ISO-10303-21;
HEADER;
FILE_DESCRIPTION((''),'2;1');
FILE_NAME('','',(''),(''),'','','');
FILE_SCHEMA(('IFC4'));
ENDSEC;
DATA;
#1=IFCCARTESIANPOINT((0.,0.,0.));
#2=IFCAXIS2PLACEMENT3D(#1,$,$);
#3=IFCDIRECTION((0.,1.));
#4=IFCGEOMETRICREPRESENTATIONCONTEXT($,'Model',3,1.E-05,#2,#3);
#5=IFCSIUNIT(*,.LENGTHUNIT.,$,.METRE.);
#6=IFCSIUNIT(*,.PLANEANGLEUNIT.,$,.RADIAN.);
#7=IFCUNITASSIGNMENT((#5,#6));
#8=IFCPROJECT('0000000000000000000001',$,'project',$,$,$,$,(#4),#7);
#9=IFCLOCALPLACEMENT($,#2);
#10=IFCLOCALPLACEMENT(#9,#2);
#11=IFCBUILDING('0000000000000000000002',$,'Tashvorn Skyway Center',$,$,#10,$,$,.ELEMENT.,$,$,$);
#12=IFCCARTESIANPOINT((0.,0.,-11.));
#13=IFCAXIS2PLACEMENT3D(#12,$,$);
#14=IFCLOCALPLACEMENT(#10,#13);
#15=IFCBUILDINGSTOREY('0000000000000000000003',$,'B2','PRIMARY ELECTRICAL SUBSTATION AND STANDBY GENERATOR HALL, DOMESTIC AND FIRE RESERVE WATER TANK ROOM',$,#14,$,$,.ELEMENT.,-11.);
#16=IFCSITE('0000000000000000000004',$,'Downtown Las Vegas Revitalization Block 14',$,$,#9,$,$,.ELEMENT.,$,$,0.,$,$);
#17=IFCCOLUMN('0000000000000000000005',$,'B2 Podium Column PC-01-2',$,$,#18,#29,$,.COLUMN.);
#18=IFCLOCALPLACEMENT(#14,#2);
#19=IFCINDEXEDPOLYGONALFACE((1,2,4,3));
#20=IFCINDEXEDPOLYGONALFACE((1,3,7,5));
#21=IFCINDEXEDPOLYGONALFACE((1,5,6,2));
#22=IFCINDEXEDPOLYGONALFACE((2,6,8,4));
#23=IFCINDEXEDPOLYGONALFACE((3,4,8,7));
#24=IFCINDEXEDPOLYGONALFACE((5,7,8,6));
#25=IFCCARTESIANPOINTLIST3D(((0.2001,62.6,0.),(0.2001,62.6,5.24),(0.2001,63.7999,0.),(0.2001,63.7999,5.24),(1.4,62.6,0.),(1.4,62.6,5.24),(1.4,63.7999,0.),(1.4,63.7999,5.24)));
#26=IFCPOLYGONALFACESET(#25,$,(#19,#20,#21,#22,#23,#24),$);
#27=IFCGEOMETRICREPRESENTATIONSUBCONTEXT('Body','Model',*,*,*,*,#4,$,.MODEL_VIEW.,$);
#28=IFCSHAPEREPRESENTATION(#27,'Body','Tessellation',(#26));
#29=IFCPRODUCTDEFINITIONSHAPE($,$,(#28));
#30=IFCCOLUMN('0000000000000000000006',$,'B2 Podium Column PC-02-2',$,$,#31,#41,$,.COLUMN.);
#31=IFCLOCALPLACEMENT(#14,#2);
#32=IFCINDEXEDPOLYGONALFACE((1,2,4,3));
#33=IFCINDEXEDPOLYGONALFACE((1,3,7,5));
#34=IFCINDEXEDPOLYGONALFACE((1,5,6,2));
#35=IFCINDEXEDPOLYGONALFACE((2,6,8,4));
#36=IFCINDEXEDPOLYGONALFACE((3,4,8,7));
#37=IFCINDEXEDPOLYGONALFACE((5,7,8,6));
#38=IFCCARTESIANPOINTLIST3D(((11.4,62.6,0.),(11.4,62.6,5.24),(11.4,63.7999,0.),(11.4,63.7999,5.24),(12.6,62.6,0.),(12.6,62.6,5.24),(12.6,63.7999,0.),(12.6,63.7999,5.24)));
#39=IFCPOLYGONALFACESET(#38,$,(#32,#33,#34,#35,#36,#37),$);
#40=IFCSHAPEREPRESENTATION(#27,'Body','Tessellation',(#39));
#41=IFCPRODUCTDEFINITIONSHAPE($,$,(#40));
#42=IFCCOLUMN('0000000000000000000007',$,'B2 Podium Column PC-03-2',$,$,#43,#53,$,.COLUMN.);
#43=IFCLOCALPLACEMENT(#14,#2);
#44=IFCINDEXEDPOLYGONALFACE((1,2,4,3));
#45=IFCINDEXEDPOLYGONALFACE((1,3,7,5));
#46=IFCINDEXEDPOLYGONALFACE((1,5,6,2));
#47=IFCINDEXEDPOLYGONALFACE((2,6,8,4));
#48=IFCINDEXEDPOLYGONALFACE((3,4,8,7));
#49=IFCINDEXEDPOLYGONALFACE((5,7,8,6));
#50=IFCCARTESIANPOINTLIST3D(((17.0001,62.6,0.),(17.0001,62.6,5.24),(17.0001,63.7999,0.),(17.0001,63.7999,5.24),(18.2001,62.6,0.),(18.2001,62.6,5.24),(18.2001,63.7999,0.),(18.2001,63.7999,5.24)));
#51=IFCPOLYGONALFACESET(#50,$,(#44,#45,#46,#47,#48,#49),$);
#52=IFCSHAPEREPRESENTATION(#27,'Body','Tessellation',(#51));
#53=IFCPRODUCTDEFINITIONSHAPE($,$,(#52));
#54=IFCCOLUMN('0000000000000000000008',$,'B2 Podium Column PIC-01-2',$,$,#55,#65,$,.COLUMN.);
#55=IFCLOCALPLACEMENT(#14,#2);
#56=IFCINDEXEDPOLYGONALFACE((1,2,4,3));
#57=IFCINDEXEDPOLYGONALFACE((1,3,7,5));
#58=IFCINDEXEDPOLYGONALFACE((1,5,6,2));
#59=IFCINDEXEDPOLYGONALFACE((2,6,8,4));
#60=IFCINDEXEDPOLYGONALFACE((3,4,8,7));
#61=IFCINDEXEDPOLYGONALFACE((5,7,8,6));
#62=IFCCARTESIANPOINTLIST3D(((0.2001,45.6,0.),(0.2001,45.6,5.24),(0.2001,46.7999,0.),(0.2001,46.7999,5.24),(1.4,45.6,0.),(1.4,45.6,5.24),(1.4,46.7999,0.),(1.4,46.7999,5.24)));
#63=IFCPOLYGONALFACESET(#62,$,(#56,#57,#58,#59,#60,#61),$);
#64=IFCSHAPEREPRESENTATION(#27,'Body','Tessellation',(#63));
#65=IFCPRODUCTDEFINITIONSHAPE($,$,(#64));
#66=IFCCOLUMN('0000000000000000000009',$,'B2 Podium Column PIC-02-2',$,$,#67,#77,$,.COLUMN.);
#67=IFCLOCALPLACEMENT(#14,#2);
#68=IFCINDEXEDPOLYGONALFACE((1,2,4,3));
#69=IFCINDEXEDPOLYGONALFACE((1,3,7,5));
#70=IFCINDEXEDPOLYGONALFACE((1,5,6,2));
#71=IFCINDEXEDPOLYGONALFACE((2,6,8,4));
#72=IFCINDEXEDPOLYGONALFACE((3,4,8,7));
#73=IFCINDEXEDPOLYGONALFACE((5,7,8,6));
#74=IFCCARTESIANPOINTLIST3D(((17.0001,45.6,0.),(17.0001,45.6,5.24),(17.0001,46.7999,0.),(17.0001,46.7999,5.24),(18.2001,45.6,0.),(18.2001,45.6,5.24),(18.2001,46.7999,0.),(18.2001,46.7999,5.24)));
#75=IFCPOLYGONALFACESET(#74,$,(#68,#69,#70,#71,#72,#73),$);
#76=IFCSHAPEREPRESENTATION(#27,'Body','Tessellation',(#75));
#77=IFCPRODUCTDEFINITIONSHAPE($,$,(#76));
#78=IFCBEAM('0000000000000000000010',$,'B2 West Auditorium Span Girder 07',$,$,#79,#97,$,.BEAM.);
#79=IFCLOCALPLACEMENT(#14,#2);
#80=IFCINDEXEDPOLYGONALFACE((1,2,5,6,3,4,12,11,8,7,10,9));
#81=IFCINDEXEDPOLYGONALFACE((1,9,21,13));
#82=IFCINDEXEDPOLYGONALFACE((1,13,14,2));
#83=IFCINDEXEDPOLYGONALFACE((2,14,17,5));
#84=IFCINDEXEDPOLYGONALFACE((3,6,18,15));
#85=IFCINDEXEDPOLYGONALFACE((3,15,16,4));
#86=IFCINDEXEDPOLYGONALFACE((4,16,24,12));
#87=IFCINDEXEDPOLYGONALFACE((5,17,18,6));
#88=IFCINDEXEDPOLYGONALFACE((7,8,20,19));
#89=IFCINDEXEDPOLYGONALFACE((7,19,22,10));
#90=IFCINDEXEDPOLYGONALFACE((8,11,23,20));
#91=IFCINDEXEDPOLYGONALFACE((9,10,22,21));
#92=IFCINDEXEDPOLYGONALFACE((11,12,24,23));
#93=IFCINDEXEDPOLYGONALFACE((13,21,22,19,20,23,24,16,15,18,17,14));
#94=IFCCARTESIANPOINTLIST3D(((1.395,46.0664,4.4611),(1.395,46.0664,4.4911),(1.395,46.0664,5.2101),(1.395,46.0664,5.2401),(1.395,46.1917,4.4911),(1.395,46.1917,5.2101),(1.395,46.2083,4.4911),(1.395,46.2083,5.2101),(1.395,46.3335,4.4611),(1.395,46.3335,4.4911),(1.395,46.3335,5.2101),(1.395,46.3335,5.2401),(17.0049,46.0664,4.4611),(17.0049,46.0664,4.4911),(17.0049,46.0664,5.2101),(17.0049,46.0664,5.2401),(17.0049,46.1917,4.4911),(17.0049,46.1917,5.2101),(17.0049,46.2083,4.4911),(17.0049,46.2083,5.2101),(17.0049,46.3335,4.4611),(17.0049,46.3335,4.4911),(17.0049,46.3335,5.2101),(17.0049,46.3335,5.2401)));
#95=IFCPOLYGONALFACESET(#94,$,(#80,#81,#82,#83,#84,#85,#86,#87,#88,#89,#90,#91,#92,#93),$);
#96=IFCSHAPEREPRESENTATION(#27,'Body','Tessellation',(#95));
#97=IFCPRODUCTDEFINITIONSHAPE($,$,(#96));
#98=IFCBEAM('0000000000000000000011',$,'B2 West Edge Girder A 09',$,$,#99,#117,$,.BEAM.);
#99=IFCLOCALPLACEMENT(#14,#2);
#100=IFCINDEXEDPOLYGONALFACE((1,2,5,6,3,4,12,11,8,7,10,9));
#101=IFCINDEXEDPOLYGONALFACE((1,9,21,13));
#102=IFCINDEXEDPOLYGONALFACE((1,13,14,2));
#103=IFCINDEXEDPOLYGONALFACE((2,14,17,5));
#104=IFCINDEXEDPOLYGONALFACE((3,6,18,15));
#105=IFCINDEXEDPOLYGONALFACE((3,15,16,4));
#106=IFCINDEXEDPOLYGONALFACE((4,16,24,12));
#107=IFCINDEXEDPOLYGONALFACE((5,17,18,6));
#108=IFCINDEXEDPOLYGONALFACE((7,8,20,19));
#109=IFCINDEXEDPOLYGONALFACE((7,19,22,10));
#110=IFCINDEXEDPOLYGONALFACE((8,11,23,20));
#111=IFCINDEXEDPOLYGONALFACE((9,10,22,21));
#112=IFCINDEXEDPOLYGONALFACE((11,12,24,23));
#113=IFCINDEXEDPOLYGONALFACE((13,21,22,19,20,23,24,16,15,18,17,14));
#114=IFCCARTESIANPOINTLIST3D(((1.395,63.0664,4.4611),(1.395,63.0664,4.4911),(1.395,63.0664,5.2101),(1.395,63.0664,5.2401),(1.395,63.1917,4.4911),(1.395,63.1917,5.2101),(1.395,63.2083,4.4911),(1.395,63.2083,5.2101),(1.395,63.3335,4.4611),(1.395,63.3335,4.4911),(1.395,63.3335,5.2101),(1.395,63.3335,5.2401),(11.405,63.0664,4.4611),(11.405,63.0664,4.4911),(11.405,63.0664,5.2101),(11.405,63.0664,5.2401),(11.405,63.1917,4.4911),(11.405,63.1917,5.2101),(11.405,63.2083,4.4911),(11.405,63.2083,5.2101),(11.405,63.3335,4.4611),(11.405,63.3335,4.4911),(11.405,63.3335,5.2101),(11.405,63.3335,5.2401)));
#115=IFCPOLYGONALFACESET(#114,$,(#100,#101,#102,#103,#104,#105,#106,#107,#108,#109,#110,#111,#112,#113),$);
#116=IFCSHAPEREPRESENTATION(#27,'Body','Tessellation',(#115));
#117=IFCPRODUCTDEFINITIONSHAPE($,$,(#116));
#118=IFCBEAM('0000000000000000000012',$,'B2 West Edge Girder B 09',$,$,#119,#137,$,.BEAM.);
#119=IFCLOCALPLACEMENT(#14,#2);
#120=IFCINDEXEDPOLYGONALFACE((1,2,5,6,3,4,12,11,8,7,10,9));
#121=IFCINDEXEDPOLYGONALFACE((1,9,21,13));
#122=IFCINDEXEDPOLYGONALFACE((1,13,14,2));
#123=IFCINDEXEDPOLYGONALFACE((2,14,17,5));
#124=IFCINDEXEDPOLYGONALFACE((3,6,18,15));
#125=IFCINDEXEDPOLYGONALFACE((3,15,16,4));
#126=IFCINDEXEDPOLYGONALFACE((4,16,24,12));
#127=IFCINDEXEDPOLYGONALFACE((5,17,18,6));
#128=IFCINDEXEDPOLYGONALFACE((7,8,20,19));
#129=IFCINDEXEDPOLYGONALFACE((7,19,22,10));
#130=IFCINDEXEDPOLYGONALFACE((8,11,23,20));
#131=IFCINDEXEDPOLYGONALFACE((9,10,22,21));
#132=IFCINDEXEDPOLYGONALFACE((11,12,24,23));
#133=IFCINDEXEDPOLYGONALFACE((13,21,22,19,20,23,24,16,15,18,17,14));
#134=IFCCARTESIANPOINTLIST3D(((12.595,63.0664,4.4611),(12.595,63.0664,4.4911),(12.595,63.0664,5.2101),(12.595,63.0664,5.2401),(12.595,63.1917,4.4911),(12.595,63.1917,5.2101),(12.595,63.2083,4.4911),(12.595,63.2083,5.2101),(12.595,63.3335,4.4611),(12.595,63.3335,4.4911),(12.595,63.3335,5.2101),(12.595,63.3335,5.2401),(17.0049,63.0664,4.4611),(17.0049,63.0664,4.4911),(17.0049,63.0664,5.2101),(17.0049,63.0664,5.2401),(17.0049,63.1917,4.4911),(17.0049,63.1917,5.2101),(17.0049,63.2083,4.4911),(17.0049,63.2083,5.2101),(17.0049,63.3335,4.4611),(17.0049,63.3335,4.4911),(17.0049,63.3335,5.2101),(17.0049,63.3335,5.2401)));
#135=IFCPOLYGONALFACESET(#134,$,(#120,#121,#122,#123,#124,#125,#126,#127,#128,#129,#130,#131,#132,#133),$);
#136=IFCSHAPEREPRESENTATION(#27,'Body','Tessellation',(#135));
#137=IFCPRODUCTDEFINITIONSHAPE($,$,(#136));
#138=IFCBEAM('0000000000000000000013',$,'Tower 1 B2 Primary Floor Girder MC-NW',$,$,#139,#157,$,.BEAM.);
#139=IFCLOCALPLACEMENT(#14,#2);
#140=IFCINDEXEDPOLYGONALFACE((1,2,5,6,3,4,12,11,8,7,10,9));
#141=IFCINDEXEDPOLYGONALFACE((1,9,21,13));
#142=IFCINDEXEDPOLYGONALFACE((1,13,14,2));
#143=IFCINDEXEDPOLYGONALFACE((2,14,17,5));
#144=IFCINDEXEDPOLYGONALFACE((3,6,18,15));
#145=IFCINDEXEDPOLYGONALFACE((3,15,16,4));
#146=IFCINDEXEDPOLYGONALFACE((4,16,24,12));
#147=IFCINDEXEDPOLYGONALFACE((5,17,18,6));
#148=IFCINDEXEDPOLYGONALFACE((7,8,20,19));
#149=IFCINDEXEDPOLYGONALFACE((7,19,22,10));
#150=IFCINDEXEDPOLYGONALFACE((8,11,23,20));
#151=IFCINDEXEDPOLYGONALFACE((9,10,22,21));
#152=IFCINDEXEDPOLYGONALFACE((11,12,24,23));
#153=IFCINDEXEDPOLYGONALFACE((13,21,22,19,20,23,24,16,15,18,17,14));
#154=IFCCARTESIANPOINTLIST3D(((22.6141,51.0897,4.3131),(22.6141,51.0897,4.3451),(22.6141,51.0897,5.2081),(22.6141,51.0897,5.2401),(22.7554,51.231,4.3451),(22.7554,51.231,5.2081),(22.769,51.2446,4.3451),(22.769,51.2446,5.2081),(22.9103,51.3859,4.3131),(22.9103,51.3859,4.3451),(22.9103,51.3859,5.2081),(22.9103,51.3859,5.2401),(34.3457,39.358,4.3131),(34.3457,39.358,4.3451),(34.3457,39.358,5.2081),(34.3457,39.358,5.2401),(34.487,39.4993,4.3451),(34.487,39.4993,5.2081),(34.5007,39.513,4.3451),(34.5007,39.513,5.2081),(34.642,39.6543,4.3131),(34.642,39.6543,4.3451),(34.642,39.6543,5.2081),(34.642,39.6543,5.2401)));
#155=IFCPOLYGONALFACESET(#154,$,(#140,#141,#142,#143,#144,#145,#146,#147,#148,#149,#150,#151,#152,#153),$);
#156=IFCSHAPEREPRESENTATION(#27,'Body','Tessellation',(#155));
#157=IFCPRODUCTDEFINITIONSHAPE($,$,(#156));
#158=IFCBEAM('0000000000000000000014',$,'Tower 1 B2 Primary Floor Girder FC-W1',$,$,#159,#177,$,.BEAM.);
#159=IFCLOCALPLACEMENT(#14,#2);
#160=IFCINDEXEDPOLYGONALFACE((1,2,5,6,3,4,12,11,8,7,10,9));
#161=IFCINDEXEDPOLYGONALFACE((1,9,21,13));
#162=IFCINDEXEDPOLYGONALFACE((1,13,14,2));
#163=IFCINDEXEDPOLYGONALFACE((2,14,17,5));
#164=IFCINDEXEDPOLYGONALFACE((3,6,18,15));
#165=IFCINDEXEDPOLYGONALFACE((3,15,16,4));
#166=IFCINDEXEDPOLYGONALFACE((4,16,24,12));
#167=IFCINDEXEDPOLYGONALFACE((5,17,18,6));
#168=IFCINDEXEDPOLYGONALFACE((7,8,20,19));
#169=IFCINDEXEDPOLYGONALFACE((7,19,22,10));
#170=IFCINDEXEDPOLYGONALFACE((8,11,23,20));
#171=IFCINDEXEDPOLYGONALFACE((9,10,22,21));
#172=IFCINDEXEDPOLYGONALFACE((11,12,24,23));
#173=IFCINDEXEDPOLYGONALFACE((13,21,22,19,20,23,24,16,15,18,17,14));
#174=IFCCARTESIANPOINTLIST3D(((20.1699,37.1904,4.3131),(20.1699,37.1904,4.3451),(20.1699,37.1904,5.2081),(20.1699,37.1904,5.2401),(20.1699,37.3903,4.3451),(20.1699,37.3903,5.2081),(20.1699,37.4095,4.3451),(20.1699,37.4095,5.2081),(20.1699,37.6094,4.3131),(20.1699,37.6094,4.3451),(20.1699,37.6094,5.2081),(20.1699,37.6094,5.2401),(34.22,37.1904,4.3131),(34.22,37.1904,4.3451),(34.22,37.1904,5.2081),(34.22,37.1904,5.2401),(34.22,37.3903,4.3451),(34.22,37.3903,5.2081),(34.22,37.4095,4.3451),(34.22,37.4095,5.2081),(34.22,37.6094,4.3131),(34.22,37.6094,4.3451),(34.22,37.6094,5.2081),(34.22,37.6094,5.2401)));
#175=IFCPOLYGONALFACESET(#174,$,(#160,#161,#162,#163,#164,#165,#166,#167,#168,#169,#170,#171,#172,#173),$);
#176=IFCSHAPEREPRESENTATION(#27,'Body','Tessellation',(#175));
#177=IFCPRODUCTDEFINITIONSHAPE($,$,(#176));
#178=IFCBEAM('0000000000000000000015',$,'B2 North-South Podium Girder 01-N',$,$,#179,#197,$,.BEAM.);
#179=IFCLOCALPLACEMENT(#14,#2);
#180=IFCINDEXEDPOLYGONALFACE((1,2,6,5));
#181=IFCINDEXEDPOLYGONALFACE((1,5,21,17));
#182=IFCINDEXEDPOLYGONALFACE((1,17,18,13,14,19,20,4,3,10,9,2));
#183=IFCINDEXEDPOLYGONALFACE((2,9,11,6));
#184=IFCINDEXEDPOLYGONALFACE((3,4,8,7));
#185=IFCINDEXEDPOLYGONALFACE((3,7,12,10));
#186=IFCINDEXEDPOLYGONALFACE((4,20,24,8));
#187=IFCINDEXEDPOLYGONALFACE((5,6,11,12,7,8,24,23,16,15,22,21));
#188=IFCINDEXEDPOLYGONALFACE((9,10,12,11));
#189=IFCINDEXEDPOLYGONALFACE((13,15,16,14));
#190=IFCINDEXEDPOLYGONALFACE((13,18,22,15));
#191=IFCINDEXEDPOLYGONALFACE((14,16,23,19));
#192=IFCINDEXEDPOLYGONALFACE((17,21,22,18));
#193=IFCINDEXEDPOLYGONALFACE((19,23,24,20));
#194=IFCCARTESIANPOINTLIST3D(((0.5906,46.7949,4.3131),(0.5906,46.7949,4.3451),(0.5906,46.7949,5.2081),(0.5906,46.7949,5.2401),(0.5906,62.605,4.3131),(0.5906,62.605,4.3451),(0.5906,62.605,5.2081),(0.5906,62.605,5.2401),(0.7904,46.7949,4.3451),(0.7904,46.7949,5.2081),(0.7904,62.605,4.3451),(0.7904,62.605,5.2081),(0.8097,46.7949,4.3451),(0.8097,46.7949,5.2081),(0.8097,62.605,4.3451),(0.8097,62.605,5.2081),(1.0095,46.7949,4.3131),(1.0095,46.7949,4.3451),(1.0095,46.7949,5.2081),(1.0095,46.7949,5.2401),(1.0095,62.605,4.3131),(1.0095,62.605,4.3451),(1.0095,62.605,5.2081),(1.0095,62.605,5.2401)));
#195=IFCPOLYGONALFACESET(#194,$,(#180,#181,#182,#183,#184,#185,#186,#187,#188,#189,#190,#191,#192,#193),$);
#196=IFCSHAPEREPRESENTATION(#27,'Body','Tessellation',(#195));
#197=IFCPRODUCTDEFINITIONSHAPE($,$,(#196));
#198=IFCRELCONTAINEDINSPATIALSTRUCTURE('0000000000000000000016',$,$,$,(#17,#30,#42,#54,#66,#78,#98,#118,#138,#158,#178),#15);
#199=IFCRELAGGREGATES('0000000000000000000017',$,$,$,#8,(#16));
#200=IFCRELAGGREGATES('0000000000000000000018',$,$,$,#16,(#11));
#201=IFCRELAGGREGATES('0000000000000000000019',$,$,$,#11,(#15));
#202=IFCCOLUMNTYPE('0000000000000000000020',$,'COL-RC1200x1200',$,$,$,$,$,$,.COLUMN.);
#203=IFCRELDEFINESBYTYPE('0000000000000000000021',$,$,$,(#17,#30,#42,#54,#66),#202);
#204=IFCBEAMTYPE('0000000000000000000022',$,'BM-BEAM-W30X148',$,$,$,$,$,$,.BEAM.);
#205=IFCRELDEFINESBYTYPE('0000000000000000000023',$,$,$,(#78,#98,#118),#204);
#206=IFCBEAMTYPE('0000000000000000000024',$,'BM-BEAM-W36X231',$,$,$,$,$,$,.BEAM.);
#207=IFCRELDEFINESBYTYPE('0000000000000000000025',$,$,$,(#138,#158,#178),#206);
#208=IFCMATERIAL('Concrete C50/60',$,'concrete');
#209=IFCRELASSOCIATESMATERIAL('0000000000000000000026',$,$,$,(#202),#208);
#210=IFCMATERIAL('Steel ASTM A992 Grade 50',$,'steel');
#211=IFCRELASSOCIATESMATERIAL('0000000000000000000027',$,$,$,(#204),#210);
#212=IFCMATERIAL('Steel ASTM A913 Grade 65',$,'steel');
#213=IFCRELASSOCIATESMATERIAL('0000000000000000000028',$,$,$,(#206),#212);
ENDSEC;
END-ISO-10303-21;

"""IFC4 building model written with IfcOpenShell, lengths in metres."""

from ifc_helpers import new_model, si_unit, direction, frame, origin, origin_2d, place, context, subcontext, project, spatial, rectangle, i_section, extrude, material, material_profile, profile_set, type_object, element, save


model = new_model("IFC4")

# Units and contexts
model_context = context("Model", 3, precision=1e-05, world=origin(), true_north=direction((0.0, 1.0)))
body_context = subcontext(model_context, "Body", "Model", "MODEL_VIEW")
ifc_project = project(units=[si_unit("LENGTHUNIT", "METRE"), si_unit("PLANEANGLEUNIT", "RADIAN")], contexts=[model_context])

# Site, building, storey
site_placement = place(None, origin())
site = spatial("IfcSite", under=ifc_project, at=site_placement, Name="Downtown Las Vegas Revitalization Block 14", CompositionType="ELEMENT", RefElevation=0.0)
building_placement = place(site_placement, origin())
building = spatial("IfcBuilding", under=site, at=building_placement, Name="Tashvorn Skyway Center", CompositionType="ELEMENT")
storey_placement = place(building_placement, frame((0.0, 0.0, -11.0)))
storey = spatial("IfcBuildingStorey", under=building, at=storey_placement, Name="B2", Description="PRIMARY ELECTRICAL SUBSTATION AND STANDBY GENERATOR HALL, DOMESTIC AND FIRE RESERVE WATER TANK ROOM", CompositionType="ELEMENT", Elevation=-11.0)

# Shared definitions
ifc_material_1 = material(Name="Concrete C50/60", Category="concrete")

# Columns
ifc_material_profile_1 = material_profile(ifc_material_1, rectangle(XDim=1.2, YDim=1.2, at=origin_2d()), Name="RC1200x1200")
ifc_profile_set_1 = profile_set([ifc_material_profile_1], Name="Concrete C50/60")
column_type_1 = type_object("IfcColumnType", Name="COL-RC1200x1200", PredefinedType="COLUMN", material=ifc_profile_set_1)
for number, where, z_axis, x_axis, name in (
    (1, (0.8, 63.2, 0.0), (0.0, 0.0, 1.0), (1.0, 0.0, 0.0), "B2 Podium Column PC-01-2"),
    (2, (12.0, 63.2, 0.0), (0.0, 0.0, 1.0), (1.0, 0.0, 0.0), "B2 Podium Column PC-02-2"),
    (3, (17.6001, 63.2, 0.0), (0.0, 0.0, 1.0), (1.0, 0.0, 0.0), "B2 Podium Column PC-03-2"),
    (4, (0.8, 46.2, 0.0), (0.0, 0.0, 1.0), (1.0, 0.0, 0.0), "B2 Podium Column PIC-01-2"),
    (5, (17.6001, 46.2, 0.0), (0.0, 0.0, 1.0), (1.0, 0.0, 0.0), "B2 Podium Column PIC-02-2"),
):
    element("IfcColumn", number, at=place(storey_placement, frame(where, z_axis=z_axis, x_axis=x_axis)), inside=storey, type_object=column_type_1, Name=name, PredefinedType="COLUMN", context=body_context, shape_type="SweptSolid", body=[
        extrude(rectangle(XDim=1.2, YDim=1.2, at=origin_2d()), origin(), (0.0, 0.0, 1.0), 5.24),
    ])

# Beams
ifc_material_2 = material(Name="Steel ASTM A992 Grade 50", Category="steel")
ifc_material_profile_2 = material_profile(ifc_material_2, i_section(OverallWidth=0.2671, OverallDepth=0.7791, WebThickness=0.0166, FlangeThickness=0.03, at=origin_2d()), Name="W30X148")
ifc_profile_set_2 = profile_set([ifc_material_profile_2], Name="Steel ASTM A992 Grade 50")
beam_type_1 = type_object("IfcBeamType", Name="BM-BEAM-W30X148", PredefinedType="BEAM", material=ifc_profile_set_2)
beam_1_placement = place(storey_placement, frame((1.395, 46.2, 4.8506), z_axis=(1.0, 0.0, 0.0), x_axis=(0.0, 1.0, 0.0)))
element("IfcBeam", 6, at=beam_1_placement, inside=storey, type_object=beam_type_1, Name="B2 West Auditorium Span Girder 07", PredefinedType="BEAM", context=body_context, shape_type="SweptSolid", body=[
    extrude(i_section(OverallWidth=0.2671, OverallDepth=0.7791, WebThickness=0.0166, FlangeThickness=0.03, at=origin_2d()), origin(), (0.0, 0.0, 1.0), 15.6099),
])
beam_2_placement = place(storey_placement, frame((1.395, 63.2, 4.8506), z_axis=(1.0, 0.0, 0.0), x_axis=(0.0, 1.0, 0.0)))
element("IfcBeam", 7, at=beam_2_placement, inside=storey, type_object=beam_type_1, Name="B2 West Edge Girder A 09", PredefinedType="BEAM", context=body_context, shape_type="SweptSolid", body=[
    extrude(i_section(OverallWidth=0.2671, OverallDepth=0.7791, WebThickness=0.0166, FlangeThickness=0.03, at=origin_2d()), origin(), (0.0, 0.0, 1.0), 10.01),
])
beam_3_placement = place(storey_placement, frame((12.595, 63.2, 4.8506), z_axis=(1.0, 0.0, 0.0), x_axis=(0.0, 1.0, 0.0)))
element("IfcBeam", 8, at=beam_3_placement, inside=storey, type_object=beam_type_1, Name="B2 West Edge Girder B 09", PredefinedType="BEAM", context=body_context, shape_type="SweptSolid", body=[
    extrude(i_section(OverallWidth=0.2671, OverallDepth=0.7791, WebThickness=0.0166, FlangeThickness=0.03, at=origin_2d()), origin(), (0.0, 0.0, 1.0), 4.4099),
])
ifc_material_3 = material(Name="Steel ASTM A913 Grade 65", Category="steel")
ifc_material_profile_3 = material_profile(ifc_material_3, i_section(OverallWidth=0.4189, OverallDepth=0.927, WebThickness=0.0193, FlangeThickness=0.032, at=origin_2d()), Name="W36X231")
ifc_profile_set_3 = profile_set([ifc_material_profile_3], Name="Steel ASTM A913 Grade 65")
beam_type_2 = type_object("IfcBeamType", Name="BM-BEAM-W36X231", PredefinedType="BEAM", material=ifc_profile_set_3)
beam_4_placement = place(storey_placement, frame((22.7622, 51.2378, 4.7766), z_axis=(0.707107, -0.707107, 0.0), x_axis=(0.707107, 0.707107, 0.0)))
element("IfcBeam", 9, at=beam_4_placement, inside=storey, type_object=beam_type_2, Name="Tower 1 B2 Primary Floor Girder MC-NW", PredefinedType="BEAM", context=body_context, shape_type="SweptSolid", body=[
    extrude(i_section(OverallWidth=0.4189, OverallDepth=0.927, WebThickness=0.0193, FlangeThickness=0.032, at=origin_2d()), origin(), (0.0, 0.0, 1.0), 16.5911),
])
beam_5_placement = place(storey_placement, frame((20.1699, 37.3999, 4.7766), z_axis=(1.0, 0.0, 0.0), x_axis=(0.0, 1.0, 0.0)))
element("IfcBeam", 10, at=beam_5_placement, inside=storey, type_object=beam_type_2, Name="Tower 1 B2 Primary Floor Girder FC-W1", PredefinedType="BEAM", context=body_context, shape_type="SweptSolid", body=[
    extrude(i_section(OverallWidth=0.4189, OverallDepth=0.927, WebThickness=0.0193, FlangeThickness=0.032, at=origin_2d()), origin(), (0.0, 0.0, 1.0), 14.05),
])
for number, where, z_axis, x_axis, name in (
    (11, (0.8, 46.7949, 4.7766), (0.0, 1.0, 0.0), (-1.0, 0.0, 0.0), "B2 North-South Podium Girder 01-N"),
):
    element("IfcBeam", number, at=place(storey_placement, frame(where, z_axis=z_axis, x_axis=x_axis)), inside=storey, type_object=beam_type_2, Name=name, PredefinedType="BEAM", context=body_context, shape_type="SweptSolid", body=[
        extrude(i_section(OverallWidth=0.4189, OverallDepth=0.927, WebThickness=0.0193, FlangeThickness=0.032, at=origin_2d()), origin(), (0.0, 0.0, 1.0), 15.8101),
    ])

save(model, "model.ifc")
